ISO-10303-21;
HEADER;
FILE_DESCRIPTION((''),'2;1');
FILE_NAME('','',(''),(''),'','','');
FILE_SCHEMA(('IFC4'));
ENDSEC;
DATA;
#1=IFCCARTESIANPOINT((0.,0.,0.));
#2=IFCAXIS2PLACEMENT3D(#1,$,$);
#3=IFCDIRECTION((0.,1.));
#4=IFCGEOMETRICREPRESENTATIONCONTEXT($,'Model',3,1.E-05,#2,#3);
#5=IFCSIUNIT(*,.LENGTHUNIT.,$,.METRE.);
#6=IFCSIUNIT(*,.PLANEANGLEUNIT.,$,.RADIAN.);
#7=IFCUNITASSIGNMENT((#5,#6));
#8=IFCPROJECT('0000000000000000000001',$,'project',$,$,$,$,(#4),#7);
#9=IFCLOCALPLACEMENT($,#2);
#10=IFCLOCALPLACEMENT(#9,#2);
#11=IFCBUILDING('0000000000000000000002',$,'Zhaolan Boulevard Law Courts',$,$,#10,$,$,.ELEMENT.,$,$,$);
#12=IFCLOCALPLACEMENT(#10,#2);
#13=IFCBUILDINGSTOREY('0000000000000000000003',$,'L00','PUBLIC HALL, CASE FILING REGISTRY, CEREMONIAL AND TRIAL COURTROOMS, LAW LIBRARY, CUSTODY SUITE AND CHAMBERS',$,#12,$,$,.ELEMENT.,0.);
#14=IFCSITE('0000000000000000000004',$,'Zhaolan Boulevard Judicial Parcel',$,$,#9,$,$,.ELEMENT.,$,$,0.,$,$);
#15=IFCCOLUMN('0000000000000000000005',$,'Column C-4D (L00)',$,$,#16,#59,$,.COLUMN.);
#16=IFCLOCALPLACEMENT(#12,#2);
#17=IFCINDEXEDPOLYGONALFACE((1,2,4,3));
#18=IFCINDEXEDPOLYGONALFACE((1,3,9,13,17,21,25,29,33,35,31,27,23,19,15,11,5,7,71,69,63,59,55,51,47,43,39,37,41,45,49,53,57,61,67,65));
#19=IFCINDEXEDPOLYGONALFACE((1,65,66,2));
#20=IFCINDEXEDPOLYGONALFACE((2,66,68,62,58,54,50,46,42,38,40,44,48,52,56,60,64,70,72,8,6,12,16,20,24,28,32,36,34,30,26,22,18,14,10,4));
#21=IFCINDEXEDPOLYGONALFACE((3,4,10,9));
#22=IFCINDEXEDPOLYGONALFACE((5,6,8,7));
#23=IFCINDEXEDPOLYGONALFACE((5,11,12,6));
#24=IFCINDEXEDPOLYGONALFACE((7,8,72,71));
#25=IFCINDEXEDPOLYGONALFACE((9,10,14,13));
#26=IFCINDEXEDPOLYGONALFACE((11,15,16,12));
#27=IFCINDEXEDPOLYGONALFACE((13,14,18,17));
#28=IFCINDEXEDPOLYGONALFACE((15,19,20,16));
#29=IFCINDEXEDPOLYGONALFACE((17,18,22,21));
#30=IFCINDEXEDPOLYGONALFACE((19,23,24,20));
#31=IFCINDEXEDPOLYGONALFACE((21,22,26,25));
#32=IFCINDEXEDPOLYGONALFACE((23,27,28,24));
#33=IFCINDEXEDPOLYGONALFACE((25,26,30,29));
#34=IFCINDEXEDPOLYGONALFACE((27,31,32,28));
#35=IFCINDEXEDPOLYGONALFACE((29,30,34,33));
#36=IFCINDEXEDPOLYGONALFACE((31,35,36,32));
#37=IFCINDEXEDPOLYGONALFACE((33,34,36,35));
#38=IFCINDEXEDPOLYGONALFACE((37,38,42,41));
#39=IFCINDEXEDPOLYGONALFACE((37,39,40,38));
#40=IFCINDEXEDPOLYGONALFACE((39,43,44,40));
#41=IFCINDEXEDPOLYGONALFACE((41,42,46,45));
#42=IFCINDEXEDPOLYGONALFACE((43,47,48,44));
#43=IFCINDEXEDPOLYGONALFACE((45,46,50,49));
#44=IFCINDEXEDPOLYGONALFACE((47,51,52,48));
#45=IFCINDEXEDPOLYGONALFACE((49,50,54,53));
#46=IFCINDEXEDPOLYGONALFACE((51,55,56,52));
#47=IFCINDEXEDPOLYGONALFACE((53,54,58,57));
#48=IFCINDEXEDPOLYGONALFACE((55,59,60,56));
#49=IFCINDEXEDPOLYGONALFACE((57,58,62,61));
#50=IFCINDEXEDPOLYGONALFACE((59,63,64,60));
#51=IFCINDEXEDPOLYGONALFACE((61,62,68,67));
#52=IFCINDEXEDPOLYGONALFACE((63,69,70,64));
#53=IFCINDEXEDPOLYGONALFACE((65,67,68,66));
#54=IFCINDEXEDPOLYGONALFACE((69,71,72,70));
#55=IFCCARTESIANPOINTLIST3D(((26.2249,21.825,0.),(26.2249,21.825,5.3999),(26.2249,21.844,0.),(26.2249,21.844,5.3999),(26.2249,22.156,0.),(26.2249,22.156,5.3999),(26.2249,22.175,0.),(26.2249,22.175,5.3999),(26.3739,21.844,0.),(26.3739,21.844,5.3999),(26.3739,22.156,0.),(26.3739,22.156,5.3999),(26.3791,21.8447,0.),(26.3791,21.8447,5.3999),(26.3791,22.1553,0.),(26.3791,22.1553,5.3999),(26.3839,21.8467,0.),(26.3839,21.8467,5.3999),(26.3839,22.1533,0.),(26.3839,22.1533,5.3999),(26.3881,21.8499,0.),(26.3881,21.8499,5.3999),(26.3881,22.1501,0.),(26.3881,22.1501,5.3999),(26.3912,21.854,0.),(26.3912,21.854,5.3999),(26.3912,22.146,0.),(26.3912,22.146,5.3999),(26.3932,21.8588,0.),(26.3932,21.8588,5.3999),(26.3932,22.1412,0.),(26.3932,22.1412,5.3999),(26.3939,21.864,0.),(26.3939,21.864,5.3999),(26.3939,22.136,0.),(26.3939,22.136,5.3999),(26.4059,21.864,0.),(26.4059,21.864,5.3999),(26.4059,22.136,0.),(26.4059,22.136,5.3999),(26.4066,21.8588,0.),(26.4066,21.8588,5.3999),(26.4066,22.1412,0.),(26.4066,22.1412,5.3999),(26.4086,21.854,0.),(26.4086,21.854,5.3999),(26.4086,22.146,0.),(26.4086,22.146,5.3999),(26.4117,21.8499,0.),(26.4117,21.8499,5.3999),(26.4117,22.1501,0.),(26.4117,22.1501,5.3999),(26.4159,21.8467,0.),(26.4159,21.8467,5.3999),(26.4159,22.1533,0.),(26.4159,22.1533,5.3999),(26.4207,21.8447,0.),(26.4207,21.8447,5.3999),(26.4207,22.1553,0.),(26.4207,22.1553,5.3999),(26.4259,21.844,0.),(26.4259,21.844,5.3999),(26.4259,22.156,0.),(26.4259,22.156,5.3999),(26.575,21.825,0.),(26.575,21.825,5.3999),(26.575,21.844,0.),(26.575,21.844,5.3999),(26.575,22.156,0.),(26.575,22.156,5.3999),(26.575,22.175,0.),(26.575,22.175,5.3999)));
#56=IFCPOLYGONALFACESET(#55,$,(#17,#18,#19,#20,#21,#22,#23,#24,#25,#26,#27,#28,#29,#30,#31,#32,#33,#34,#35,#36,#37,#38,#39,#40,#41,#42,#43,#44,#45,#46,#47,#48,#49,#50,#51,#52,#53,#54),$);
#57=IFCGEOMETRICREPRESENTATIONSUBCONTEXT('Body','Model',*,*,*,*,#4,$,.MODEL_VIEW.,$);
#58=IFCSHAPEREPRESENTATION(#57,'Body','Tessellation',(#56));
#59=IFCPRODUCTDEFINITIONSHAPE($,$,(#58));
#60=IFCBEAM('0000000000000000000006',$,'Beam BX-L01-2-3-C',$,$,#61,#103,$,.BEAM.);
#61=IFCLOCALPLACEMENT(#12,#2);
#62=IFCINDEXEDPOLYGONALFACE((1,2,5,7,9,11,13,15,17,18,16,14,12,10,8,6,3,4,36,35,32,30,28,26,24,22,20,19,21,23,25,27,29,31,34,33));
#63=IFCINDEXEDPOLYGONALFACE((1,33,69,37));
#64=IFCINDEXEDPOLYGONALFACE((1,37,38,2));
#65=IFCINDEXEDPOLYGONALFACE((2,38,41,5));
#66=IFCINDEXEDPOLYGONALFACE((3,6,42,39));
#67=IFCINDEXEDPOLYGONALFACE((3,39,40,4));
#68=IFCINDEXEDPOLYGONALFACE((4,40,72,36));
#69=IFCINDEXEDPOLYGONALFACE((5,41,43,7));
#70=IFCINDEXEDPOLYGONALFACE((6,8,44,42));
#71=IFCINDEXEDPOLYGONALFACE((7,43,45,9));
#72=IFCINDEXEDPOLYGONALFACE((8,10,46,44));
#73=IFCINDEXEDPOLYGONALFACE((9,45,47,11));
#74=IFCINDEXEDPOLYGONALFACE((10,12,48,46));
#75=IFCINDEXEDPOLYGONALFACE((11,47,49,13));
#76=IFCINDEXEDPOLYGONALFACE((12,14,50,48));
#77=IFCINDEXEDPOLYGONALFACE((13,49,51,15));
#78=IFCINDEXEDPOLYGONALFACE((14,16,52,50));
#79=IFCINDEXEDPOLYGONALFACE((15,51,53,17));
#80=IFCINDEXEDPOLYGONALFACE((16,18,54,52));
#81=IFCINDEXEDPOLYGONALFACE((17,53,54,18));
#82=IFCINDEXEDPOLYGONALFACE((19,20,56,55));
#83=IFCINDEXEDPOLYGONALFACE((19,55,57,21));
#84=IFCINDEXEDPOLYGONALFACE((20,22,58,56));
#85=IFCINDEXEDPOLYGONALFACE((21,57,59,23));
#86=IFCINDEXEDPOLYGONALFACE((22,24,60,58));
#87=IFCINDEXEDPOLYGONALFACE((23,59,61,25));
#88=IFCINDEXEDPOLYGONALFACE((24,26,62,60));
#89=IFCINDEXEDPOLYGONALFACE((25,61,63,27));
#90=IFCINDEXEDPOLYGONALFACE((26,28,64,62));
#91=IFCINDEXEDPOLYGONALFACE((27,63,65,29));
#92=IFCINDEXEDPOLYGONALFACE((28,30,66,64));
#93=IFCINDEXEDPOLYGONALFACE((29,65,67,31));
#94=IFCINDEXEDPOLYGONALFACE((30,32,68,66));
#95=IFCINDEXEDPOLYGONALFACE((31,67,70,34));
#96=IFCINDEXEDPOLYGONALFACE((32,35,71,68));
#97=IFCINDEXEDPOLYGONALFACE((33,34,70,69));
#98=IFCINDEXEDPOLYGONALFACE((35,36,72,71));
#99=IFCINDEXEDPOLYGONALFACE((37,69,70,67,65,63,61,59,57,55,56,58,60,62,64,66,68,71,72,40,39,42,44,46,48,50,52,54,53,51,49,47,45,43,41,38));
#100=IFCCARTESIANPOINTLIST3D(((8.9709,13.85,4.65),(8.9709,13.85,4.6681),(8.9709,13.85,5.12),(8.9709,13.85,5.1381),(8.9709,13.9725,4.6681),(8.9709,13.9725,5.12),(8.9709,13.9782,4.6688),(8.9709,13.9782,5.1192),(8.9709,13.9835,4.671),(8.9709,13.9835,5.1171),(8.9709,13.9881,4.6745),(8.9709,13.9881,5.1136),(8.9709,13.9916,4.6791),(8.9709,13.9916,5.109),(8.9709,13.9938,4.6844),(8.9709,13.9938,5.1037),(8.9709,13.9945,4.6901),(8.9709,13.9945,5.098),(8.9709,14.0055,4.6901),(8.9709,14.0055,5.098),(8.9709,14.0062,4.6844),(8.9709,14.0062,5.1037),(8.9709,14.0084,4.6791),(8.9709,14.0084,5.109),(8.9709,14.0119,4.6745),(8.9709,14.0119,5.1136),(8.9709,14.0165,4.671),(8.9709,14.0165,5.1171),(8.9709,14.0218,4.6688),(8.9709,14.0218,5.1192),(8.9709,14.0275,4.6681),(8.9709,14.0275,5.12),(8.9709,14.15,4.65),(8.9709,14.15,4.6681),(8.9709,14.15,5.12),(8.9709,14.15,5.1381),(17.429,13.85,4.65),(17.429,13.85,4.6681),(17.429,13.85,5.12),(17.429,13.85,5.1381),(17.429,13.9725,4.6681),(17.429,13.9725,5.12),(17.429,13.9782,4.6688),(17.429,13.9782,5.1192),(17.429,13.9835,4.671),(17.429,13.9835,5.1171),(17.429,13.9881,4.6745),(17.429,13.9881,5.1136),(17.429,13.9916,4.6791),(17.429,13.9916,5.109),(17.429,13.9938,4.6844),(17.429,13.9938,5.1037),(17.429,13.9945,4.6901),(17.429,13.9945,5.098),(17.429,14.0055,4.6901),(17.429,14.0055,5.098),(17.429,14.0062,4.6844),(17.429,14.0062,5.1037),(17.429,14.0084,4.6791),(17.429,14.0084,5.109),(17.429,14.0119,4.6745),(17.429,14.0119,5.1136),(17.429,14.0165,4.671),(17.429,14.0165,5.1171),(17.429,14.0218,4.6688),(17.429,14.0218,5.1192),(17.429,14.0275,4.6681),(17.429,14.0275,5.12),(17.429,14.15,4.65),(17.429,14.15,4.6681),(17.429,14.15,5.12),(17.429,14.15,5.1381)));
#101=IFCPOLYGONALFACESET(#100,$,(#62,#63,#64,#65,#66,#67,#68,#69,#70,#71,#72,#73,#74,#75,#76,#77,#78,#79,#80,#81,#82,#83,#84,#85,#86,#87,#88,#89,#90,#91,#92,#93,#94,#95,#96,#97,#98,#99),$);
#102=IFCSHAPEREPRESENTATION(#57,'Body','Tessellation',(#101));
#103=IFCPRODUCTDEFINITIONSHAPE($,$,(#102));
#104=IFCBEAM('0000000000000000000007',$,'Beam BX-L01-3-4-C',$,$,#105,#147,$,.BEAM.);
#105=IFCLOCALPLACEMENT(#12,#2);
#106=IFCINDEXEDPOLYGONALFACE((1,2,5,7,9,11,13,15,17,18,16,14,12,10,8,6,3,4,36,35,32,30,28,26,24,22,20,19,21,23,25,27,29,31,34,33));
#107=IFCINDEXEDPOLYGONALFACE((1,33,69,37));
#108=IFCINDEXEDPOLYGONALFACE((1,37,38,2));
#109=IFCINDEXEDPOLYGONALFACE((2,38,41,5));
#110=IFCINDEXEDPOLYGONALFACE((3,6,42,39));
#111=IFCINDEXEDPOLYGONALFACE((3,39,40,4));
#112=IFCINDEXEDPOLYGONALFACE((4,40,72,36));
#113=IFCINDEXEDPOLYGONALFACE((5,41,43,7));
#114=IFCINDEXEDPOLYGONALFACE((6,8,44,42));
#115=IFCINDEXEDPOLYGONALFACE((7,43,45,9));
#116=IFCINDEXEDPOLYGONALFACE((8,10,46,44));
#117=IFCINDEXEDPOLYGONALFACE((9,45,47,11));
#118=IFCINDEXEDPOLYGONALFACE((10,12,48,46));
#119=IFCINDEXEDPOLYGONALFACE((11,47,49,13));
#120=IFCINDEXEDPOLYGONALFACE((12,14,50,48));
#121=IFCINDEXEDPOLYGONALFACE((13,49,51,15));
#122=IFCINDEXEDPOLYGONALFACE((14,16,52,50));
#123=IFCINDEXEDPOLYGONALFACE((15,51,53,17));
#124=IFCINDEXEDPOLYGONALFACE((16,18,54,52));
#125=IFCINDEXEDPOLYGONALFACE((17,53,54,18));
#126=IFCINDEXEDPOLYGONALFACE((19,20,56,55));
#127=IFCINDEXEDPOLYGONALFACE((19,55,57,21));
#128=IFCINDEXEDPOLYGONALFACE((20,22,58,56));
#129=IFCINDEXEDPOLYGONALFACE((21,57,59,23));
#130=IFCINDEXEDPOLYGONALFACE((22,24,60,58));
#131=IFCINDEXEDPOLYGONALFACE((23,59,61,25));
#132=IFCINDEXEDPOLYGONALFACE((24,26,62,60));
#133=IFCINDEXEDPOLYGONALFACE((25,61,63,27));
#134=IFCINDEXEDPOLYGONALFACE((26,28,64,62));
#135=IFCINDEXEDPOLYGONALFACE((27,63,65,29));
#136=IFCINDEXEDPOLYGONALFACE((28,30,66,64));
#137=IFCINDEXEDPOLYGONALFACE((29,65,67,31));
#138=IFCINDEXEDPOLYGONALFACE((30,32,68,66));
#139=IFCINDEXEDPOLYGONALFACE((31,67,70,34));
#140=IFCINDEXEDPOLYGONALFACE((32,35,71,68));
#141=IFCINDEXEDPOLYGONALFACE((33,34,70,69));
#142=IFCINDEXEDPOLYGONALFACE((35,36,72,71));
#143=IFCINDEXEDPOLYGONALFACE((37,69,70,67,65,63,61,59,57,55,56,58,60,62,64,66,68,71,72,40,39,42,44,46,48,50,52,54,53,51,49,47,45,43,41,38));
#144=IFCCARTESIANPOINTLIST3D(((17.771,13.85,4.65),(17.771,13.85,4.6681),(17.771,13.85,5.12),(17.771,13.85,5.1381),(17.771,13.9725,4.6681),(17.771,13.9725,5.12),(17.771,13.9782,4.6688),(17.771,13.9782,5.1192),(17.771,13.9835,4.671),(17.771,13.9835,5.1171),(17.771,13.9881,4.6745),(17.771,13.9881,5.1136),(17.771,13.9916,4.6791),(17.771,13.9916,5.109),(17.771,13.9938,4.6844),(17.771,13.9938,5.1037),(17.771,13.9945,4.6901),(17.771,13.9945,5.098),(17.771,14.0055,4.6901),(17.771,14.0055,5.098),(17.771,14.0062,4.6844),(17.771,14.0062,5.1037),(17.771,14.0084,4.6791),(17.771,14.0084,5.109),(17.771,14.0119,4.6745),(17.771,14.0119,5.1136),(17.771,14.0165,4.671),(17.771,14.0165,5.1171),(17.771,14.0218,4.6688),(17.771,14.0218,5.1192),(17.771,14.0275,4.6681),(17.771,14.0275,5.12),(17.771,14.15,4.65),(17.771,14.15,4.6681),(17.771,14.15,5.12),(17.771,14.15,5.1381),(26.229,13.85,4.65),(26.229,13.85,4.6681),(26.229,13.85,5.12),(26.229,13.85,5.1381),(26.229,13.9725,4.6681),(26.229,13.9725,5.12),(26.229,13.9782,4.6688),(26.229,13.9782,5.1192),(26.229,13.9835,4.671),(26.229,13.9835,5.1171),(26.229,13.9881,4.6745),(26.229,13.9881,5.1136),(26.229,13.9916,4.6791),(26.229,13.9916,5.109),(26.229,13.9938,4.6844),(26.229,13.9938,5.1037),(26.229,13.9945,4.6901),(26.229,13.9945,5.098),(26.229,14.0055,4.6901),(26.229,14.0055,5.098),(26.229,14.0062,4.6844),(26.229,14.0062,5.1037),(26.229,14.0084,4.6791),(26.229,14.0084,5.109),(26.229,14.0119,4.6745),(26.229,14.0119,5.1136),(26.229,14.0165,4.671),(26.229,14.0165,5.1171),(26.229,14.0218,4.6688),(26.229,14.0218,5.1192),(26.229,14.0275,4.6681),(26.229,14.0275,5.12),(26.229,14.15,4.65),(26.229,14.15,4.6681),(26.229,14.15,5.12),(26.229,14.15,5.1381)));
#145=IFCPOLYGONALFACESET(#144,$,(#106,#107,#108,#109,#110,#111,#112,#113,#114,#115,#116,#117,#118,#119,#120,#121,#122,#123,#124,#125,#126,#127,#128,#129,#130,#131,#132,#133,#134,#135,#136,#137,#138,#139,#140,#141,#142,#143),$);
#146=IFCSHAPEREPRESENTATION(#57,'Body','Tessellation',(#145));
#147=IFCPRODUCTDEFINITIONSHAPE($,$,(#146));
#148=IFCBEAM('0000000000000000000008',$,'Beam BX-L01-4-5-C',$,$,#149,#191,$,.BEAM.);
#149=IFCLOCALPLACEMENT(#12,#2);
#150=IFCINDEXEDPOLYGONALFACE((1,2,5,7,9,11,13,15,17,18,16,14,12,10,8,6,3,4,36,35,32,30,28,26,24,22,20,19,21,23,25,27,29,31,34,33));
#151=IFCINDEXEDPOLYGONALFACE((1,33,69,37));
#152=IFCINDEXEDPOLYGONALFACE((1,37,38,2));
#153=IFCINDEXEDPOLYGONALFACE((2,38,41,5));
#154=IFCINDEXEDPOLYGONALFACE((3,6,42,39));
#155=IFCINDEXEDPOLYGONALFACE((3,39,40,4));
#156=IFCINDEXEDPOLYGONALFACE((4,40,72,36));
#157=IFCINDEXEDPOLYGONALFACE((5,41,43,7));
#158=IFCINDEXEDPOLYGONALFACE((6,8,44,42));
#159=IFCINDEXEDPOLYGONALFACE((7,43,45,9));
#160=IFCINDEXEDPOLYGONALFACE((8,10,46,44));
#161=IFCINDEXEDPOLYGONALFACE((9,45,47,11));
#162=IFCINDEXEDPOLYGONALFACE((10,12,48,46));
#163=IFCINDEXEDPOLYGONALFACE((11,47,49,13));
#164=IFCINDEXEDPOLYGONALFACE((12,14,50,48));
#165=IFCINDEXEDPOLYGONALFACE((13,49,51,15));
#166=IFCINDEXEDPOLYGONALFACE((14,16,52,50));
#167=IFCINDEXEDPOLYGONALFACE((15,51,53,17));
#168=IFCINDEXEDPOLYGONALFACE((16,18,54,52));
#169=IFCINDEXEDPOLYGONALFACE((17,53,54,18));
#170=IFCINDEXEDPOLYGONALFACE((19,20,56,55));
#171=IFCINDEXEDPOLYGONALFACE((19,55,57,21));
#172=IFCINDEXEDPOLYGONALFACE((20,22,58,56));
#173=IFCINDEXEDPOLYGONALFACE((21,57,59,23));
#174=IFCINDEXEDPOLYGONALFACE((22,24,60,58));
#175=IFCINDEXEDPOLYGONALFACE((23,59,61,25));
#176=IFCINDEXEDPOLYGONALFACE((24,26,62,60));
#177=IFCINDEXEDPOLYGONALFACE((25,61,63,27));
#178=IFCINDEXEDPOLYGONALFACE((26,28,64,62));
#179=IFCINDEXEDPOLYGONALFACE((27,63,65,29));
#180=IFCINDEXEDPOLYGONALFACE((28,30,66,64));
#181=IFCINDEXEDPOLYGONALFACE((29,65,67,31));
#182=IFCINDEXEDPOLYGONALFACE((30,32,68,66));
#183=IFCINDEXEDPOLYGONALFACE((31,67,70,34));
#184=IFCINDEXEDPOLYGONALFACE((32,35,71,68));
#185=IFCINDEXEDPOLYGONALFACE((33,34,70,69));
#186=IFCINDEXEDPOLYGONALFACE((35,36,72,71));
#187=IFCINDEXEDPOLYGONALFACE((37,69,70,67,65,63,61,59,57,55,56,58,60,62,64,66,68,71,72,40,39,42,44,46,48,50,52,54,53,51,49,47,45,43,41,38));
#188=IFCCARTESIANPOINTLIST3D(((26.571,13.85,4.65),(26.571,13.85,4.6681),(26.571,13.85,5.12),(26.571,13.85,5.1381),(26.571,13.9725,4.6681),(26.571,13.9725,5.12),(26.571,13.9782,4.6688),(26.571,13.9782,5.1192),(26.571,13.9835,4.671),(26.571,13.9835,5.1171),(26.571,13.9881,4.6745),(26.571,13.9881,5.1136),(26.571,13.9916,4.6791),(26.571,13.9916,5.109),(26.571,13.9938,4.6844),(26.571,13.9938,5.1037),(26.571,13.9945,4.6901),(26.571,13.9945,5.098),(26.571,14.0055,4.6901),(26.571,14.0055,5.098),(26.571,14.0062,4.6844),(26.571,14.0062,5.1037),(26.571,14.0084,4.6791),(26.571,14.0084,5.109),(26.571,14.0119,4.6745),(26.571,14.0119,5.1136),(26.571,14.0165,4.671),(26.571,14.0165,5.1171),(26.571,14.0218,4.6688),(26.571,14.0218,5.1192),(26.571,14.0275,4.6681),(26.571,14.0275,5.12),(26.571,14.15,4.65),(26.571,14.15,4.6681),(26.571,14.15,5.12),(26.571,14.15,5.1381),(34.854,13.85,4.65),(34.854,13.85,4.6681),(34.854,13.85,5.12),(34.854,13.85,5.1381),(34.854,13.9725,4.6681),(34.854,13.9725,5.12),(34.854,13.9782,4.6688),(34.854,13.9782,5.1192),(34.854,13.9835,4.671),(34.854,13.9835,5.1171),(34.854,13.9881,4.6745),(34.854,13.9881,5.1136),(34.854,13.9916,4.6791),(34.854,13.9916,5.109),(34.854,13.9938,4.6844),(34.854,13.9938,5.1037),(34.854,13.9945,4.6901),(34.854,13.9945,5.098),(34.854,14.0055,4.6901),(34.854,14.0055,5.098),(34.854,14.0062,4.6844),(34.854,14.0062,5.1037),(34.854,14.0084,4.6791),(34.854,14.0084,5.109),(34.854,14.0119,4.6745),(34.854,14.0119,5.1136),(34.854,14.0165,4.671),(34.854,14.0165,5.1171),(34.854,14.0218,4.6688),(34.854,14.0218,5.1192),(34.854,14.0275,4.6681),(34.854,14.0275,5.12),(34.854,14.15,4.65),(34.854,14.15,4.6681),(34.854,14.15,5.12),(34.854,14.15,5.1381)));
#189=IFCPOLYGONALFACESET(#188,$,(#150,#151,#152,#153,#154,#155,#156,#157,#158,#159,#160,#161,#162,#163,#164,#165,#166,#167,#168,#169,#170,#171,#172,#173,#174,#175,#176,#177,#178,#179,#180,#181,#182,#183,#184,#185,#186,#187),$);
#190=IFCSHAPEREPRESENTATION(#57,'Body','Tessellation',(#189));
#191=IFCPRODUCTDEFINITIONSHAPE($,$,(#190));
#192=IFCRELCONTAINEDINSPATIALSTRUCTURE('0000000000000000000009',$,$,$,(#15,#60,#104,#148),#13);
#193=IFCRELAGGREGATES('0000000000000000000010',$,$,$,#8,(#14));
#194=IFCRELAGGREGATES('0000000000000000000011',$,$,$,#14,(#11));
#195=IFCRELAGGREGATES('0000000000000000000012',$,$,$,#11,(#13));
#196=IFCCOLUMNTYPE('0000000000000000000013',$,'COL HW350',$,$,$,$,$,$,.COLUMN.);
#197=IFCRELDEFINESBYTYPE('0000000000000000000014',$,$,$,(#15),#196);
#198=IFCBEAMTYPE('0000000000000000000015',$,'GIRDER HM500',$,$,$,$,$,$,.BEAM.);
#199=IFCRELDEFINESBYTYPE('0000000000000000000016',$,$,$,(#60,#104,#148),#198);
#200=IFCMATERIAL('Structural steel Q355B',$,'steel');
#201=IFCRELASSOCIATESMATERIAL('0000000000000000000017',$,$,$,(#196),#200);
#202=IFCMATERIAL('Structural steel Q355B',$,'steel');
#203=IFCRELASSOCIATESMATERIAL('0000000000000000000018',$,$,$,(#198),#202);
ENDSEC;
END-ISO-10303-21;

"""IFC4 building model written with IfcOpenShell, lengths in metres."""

from ifc_helpers import new_model, si_unit, direction, frame, origin, origin_2d, place, context, subcontext, project, spatial, i_section, extrude, material, material_profile, profile_set, type_object, element, save


model = new_model("IFC4")

# Units and contexts
model_context = context("Model", 3, precision=1e-05, world=origin(), true_north=direction((0.0, 1.0)))
body_context = subcontext(model_context, "Body", "Model", "MODEL_VIEW")
ifc_project = project(units=[si_unit("LENGTHUNIT", "METRE"), si_unit("PLANEANGLEUNIT", "RADIAN")], contexts=[model_context])

# Site, building, storey
site_placement = place(None, origin())
site = spatial("IfcSite", under=ifc_project, at=site_placement, Name="Zhaolan Boulevard Judicial Parcel", CompositionType="ELEMENT", RefElevation=0.0)
building_placement = place(site_placement, origin())
building = spatial("IfcBuilding", under=site, at=building_placement, Name="Zhaolan Boulevard Law Courts", CompositionType="ELEMENT")
storey_placement = place(building_placement, origin())
storey = spatial("IfcBuildingStorey", under=building, at=storey_placement, Name="L00", Description="PUBLIC HALL, CASE FILING REGISTRY, CEREMONIAL AND TRIAL COURTROOMS, LAW LIBRARY, CUSTODY SUITE AND CHAMBERS", CompositionType="ELEMENT", Elevation=0.0)

# Column
ifc_material_1 = material(Name="Structural steel Q355B", Category="steel")
ifc_material_profile_1 = material_profile(ifc_material_1, i_section(OverallWidth=0.3501, OverallDepth=0.3501, WebThickness=0.012, FlangeThickness=0.019, FilletRadius=0.02, at=origin_2d()), Name="HW350x350")
ifc_profile_set_1 = profile_set([ifc_material_profile_1], Name="Structural steel Q355B")
column_type = type_object("IfcColumnType", Name="COL HW350", PredefinedType="COLUMN", material=ifc_profile_set_1)
for number, where, z_axis, x_axis, name in (
    (1, (26.3999, 22.0, 0.0), (0.0, 0.0, 1.0), (1.0, 0.0, 0.0), "Column C-4D (L00)"),
):
    element("IfcColumn", number, at=place(storey_placement, frame(where, z_axis=z_axis, x_axis=x_axis)), inside=storey, type_object=column_type, Name=name, PredefinedType="COLUMN", context=body_context, shape_type="SweptSolid", body=[
        extrude(i_section(OverallWidth=0.3501, OverallDepth=0.3501, WebThickness=0.012, FlangeThickness=0.019, FilletRadius=0.02, at=origin_2d()), origin(), (0.0, 0.0, 1.0), 5.3999),
    ])

# Beams
ifc_material_2 = material(Name="Structural steel Q355B", Category="steel")
ifc_material_profile_2 = material_profile(ifc_material_2, i_section(OverallWidth=0.3, OverallDepth=0.488, WebThickness=0.011, FlangeThickness=0.0181, FilletRadius=0.022, at=origin_2d()), Name="HM488x300")
ifc_profile_set_2 = profile_set([ifc_material_profile_2], Name="Structural steel Q355B")
beam_type_1 = type_object("IfcBeamType", Name="GIRDER HM500", PredefinedType="BEAM", material=ifc_profile_set_2)
for number, where, z_axis, x_axis, name in (
    (2, (8.9709, 14.0, 4.894), (1.0, 0.0, 0.0), (0.0, 1.0, 0.0), "Beam BX-L01-2-3-C"),
    (3, (17.771, 14.0, 4.894), (1.0, 0.0, 0.0), (0.0, 1.0, 0.0), "Beam BX-L01-3-4-C"),
):
    element("IfcBeam", number, at=place(storey_placement, frame(where, z_axis=z_axis, x_axis=x_axis)), inside=storey, type_object=beam_type_1, Name=name, PredefinedType="BEAM", context=body_context, shape_type="SweptSolid", body=[
        extrude(i_section(OverallWidth=0.3, OverallDepth=0.488, WebThickness=0.011, FlangeThickness=0.0181, FilletRadius=0.022, at=origin_2d()), origin(), (0.0, 0.0, 1.0), 8.458),
    ])
beam_1_placement = place(storey_placement, frame((26.571, 14.0, 4.894), z_axis=(1.0, 0.0, 0.0), x_axis=(0.0, 1.0, 0.0)))
element("IfcBeam", 4, at=beam_1_placement, inside=storey, type_object=beam_type_1, Name="Beam BX-L01-4-5-C", PredefinedType="BEAM", context=body_context, shape_type="SweptSolid", body=[
    extrude(i_section(OverallWidth=0.3, OverallDepth=0.488, WebThickness=0.011, FlangeThickness=0.0181, FilletRadius=0.022, at=origin_2d()), origin(), (0.0, 0.0, 1.0), 8.283),
])

save(model, "model.ifc")
